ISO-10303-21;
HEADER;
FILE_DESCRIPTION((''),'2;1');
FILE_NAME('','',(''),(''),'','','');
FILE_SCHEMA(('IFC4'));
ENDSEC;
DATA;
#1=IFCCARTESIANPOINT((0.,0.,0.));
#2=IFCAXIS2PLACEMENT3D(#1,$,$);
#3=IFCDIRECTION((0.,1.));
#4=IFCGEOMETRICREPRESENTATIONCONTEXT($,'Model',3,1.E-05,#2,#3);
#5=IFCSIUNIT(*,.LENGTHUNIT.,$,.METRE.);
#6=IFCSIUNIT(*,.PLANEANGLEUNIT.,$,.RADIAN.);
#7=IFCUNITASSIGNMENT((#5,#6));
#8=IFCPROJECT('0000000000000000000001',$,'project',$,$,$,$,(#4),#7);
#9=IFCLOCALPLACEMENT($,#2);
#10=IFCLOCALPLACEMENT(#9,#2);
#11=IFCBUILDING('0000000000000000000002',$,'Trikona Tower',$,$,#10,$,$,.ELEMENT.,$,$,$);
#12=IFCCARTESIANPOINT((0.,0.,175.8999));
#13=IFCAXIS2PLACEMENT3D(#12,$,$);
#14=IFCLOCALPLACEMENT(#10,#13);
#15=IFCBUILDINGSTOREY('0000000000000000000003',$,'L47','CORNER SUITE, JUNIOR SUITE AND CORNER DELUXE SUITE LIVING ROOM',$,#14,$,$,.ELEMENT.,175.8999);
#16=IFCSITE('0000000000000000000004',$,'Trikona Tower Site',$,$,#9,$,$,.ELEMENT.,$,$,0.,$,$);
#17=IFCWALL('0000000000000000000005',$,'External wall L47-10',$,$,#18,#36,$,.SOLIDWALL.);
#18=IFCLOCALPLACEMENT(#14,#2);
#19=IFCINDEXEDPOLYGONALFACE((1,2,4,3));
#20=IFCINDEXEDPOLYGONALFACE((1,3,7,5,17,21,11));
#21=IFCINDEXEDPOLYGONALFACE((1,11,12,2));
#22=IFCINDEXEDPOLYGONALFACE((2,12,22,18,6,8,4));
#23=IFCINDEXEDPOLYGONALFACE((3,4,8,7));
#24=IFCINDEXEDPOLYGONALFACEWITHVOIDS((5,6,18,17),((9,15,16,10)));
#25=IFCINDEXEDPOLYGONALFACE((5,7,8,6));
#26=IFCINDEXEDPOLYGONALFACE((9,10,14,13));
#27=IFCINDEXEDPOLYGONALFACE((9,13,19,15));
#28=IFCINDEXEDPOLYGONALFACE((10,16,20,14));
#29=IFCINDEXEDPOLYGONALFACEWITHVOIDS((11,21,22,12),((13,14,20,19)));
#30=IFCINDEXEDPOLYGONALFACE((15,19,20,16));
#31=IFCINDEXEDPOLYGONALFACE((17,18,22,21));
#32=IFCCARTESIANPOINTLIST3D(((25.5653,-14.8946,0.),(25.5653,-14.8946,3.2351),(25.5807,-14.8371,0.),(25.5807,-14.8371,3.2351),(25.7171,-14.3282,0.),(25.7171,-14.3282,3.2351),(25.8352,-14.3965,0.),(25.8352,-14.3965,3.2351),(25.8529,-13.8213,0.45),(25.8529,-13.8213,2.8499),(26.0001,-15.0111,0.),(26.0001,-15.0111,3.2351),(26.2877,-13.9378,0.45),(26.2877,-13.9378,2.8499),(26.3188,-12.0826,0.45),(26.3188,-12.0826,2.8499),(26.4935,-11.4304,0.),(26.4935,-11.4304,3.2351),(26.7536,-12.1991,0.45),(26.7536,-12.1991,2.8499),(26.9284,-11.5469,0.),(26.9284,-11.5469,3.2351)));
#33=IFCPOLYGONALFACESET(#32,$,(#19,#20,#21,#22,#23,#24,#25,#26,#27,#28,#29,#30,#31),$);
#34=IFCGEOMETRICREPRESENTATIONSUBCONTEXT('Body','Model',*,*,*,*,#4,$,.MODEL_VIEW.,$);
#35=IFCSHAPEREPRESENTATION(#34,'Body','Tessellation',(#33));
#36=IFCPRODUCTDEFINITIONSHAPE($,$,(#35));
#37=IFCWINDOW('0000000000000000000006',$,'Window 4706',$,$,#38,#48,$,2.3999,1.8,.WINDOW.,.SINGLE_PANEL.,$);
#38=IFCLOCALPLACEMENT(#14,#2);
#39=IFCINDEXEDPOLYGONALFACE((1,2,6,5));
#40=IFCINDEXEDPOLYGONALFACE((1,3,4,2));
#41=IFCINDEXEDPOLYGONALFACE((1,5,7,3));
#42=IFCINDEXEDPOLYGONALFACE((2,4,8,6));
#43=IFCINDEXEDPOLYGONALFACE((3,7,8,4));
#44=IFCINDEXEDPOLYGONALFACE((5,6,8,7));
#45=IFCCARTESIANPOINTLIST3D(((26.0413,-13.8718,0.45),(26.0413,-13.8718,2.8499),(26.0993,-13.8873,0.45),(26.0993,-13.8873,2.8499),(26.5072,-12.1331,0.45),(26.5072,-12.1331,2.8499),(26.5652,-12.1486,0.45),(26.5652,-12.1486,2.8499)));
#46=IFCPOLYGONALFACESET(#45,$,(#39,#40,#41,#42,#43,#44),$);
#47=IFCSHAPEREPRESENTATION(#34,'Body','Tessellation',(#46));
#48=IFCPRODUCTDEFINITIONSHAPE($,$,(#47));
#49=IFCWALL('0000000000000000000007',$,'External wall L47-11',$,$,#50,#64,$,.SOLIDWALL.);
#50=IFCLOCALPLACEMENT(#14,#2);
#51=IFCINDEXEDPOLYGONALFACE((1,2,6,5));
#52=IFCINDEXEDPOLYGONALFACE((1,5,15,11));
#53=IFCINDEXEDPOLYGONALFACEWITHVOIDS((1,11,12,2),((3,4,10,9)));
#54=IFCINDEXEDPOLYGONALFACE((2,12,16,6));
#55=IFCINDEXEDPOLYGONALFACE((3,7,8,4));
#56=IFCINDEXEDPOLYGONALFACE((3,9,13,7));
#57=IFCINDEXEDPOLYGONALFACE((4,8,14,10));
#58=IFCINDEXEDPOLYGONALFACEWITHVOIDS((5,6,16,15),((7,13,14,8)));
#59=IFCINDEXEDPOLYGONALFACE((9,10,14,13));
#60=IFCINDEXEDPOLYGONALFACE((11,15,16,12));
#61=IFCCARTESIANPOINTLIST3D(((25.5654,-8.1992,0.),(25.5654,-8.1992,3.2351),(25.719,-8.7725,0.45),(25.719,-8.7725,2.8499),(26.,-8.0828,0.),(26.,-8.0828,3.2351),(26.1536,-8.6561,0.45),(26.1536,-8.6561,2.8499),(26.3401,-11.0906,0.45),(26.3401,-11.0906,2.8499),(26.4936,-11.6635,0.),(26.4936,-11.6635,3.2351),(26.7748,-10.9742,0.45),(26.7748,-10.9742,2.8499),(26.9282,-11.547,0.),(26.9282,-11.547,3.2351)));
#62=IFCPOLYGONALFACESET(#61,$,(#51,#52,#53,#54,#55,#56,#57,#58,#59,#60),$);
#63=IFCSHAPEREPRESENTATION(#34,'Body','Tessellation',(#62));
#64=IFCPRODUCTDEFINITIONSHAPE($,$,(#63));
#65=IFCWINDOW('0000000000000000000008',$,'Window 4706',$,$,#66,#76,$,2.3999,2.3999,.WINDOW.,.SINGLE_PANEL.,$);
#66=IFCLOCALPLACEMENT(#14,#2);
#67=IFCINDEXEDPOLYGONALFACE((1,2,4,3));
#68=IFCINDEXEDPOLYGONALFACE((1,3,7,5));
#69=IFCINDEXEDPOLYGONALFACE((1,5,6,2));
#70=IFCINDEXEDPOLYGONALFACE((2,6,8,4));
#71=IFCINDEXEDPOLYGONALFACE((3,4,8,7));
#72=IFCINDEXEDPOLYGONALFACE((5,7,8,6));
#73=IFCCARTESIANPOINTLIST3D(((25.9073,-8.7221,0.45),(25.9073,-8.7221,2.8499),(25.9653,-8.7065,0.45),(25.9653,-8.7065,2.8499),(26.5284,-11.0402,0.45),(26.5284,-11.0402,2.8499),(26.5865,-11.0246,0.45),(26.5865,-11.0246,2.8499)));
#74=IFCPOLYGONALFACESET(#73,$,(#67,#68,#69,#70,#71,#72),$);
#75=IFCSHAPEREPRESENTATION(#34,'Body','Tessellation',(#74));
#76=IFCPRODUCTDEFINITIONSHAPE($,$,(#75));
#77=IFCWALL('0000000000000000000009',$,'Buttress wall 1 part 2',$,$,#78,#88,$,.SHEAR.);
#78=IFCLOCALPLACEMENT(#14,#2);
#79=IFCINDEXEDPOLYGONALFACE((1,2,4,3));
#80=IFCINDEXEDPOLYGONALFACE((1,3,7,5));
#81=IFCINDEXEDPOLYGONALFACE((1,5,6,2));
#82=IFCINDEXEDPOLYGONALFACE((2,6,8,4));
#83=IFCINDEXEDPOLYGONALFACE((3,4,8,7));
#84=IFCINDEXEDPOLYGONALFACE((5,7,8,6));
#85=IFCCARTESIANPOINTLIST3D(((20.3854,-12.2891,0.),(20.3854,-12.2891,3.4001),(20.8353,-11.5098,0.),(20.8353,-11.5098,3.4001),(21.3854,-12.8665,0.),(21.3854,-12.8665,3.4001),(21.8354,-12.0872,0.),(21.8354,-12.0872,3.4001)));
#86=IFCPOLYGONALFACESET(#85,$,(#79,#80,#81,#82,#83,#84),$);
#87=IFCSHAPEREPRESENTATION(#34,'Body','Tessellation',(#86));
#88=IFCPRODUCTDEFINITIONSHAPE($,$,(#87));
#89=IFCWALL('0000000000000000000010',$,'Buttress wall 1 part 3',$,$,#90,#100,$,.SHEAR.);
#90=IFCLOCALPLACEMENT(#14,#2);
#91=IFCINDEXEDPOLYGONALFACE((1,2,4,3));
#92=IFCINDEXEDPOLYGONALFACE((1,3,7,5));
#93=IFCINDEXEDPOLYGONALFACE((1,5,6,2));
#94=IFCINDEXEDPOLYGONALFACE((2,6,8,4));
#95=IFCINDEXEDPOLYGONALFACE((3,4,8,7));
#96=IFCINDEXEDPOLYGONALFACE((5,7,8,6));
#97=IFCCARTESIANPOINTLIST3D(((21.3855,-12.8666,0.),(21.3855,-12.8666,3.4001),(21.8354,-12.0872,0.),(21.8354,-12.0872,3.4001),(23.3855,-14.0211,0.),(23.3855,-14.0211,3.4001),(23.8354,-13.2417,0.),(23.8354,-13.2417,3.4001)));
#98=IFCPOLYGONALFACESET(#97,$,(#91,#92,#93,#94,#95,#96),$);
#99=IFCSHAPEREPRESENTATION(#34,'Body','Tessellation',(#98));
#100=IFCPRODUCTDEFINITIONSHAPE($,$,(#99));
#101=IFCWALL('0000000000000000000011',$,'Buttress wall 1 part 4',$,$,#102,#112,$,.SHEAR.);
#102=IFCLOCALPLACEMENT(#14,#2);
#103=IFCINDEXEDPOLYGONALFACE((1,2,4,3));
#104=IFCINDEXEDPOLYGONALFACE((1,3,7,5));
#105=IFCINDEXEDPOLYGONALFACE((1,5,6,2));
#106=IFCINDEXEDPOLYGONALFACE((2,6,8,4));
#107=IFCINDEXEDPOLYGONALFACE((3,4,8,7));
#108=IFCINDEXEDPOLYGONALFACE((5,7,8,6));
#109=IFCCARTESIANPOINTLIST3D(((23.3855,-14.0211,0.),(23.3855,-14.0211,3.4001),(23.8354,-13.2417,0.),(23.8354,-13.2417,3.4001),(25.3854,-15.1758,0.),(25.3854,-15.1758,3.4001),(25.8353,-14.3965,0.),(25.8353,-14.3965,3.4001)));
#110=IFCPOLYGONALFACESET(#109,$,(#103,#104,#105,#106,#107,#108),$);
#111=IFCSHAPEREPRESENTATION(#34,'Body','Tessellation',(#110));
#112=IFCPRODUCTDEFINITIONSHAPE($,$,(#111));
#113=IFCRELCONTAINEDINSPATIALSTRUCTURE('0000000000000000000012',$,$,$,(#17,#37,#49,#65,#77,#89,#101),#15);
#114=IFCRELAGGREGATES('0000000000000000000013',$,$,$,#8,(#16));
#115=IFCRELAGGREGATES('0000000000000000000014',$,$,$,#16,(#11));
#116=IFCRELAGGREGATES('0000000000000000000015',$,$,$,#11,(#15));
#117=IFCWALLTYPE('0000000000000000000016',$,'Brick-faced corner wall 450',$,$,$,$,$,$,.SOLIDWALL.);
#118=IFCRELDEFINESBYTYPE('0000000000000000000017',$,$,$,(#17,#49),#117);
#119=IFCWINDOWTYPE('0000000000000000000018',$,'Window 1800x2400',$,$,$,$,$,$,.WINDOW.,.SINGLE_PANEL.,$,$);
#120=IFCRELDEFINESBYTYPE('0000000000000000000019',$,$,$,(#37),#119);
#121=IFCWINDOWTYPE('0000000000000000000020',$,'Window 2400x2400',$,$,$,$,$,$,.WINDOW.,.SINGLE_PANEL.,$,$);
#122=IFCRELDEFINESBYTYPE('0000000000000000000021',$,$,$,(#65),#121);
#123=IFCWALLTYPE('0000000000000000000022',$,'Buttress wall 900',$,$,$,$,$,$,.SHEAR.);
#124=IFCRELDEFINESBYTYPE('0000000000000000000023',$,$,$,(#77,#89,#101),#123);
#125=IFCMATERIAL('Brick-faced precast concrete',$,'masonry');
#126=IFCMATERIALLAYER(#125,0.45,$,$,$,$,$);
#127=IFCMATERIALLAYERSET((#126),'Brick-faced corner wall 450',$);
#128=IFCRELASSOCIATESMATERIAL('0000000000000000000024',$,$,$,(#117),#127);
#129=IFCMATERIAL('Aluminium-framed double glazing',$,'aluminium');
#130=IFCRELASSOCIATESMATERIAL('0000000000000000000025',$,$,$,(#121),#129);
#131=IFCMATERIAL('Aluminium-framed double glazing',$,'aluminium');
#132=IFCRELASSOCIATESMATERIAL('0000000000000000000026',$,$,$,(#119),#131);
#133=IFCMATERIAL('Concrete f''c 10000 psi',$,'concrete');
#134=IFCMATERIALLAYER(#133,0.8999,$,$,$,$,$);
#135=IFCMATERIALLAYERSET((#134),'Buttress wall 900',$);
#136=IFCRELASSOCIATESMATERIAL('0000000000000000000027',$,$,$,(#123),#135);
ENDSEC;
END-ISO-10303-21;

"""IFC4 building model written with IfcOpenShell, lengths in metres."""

from ifc_helpers import new_model, si_unit, direction, frame, frame_2d, origin, place, context, subcontext, project, spatial, polyline, rectangle, outline, extrude, material, layer, layer_set, type_object, element, fill, save


model = new_model("IFC4")

# Units and contexts
model_context = context("Model", 3, precision=1e-05, world=origin(), true_north=direction((0.0, 1.0)))
body_context = subcontext(model_context, "Body", "Model", "MODEL_VIEW")
ifc_project = project(units=[si_unit("LENGTHUNIT", "METRE"), si_unit("PLANEANGLEUNIT", "RADIAN")], contexts=[model_context])

# Site, building, storey
site_placement = place(None, origin())
site = spatial("IfcSite", under=ifc_project, at=site_placement, Name="Trikona Tower Site", CompositionType="ELEMENT", RefElevation=0.0)
building_placement = place(site_placement, origin())
building = spatial("IfcBuilding", under=site, at=building_placement, Name="Trikona Tower", CompositionType="ELEMENT")
storey_placement = place(building_placement, frame((0.0, 0.0, 175.8999)))
storey = spatial("IfcBuildingStorey", under=building, at=storey_placement, Name="L47", Description="CORNER SUITE, JUNIOR SUITE AND CORNER DELUXE SUITE LIVING ROOM", CompositionType="ELEMENT", Elevation=175.8999)

# Walls, openings, windows
ifc_material_1 = material(Name="Brick-faced precast concrete", Category="masonry")
ifc_layer_1 = layer(ifc_material_1, 0.45)
ifc_layer_set_1 = layer_set([ifc_layer_1], Name="Brick-faced corner wall 450")
wall_type_1 = type_object("IfcWallType", Name="Brick-faced corner wall 450", PredefinedType="SOLIDWALL", material=ifc_layer_set_1)
ifc_material_2 = material(Name="Aluminium-framed double glazing", Category="aluminium")
window_type_1 = type_object("IfcWindowType", Name="Window 2400x2400", PartitioningType="SINGLE_PANEL", PredefinedType="WINDOW", material=ifc_material_2)
ifc_material_3 = material(Name="Aluminium-framed double glazing", Category="aluminium")
window_type_2 = type_object("IfcWindowType", Name="Window 1800x2400", PartitioningType="SINGLE_PANEL", PredefinedType="WINDOW", material=ifc_material_3)
wall_1_placement = place(storey_placement, frame((25.7827, -14.9529, 0.0), z_axis=(0.0, 0.0, 1.0), x_axis=(0.258823, 0.965925, 0.0)))
wall_1 = element("IfcWall", 1, at=wall_1_placement, inside=storey, type_object=wall_type_1, Name="External wall L47-10", PredefinedType="SOLIDWALL", context=body_context, shape_type="SweptSolid", body=[
    extrude(outline(polyline([(3.5864, 0.2251), (0.5864, 0.2251), (0.551, 0.0933), (0.0596, 0.2251), (0.0, 0.2251), (0.0, -0.2251), (3.5864, -0.2251), (3.5864, 0.2251)])), origin(), (0.0, 0.0, 1.0), 3.2351),
])
opening_1_placement = place(wall_1_placement, frame((1.1113, 0.0, 0.45)))
opening_1 = element("IfcOpeningElement", 2, at=opening_1_placement, cuts=wall_1, PredefinedType="OPENING", context=body_context, shape_type="SweptSolid", body=[
    extrude(rectangle(XDim=1.8, YDim=2.3999, at=frame_2d((0.8999, 1.2))), frame((0.0, 0.2349, 0.0), z_axis=(0.0, -1.0, 0.0), x_axis=(1.0, 0.0, 0.0)), (0.0, 0.0, 1.0), 0.47),
])
window_1_placement = place(opening_1_placement, origin())
window_1 = element("IfcWindow", 3, at=window_1_placement, inside=storey, type_object=window_type_2, Name="Window 4706", OverallHeight=2.3999, OverallWidth=1.8, PartitioningType="SINGLE_PANEL", PredefinedType="WINDOW", context=body_context, shape_type="SweptSolid", body=[
    extrude(rectangle(XDim=1.8, YDim=2.3999, at=frame_2d((0.8999, 1.2))), frame((0.0, 0.03, 0.0), z_axis=(0.0, -1.0, 0.0), x_axis=(1.0, 0.0, 0.0)), (0.0, 0.0, 1.0), 0.0601),
])
fill(opening_1, window_1)
wall_2_placement = place(storey_placement, frame((26.7109, -11.6052, 0.0), z_axis=(0.0, 0.0, 1.0), x_axis=(-0.258823, 0.965925, 0.0)))
wall_2 = element("IfcWall", 4, at=wall_2_placement, inside=storey, type_object=wall_type_1, Name="External wall L47-11", PredefinedType="SOLIDWALL", context=body_context, shape_type="SweptSolid", body=[
    extrude(rectangle(XDim=3.5864, YDim=0.45, at=frame_2d((1.7932, 0.0))), origin(), (0.0, 0.0, 1.0), 3.2351),
])
opening_2_placement = place(wall_2_placement, frame((0.593, 0.0, 0.45)))
opening_2 = element("IfcOpeningElement", 5, at=opening_2_placement, cuts=wall_2, PredefinedType="OPENING", context=body_context, shape_type="SweptSolid", body=[
    extrude(rectangle(XDim=2.3999, YDim=2.3999, at=frame_2d((1.2, 1.2))), frame((0.0, 0.2349, 0.0), z_axis=(0.0, -1.0, 0.0), x_axis=(1.0, 0.0, 0.0)), (0.0, 0.0, 1.0), 0.47),
])
window_2_placement = place(opening_2_placement, origin())
window_2 = element("IfcWindow", 6, at=window_2_placement, inside=storey, type_object=window_type_1, Name="Window 4706", OverallHeight=2.3999, OverallWidth=2.3999, PartitioningType="SINGLE_PANEL", PredefinedType="WINDOW", context=body_context, shape_type="SweptSolid", body=[
    extrude(rectangle(XDim=2.3999, YDim=2.3999, at=frame_2d((1.2, 1.2))), frame((0.0, 0.03, 0.0), z_axis=(0.0, -1.0, 0.0), x_axis=(1.0, 0.0, 0.0)), (0.0, 0.0, 1.0), 0.0601),
])
fill(opening_2, window_2)

# Walls
ifc_material_4 = material(Name="Concrete f'c 10000 psi", Category="concrete")
ifc_layer_2 = layer(ifc_material_4, 0.8999)
ifc_layer_set_2 = layer_set([ifc_layer_2], Name="Buttress wall 900")
wall_type_2 = type_object("IfcWallType", Name="Buttress wall 900", PredefinedType="SHEAR", material=ifc_layer_set_2)
wall_3_placement = place(storey_placement, frame((20.6104, -11.8994, 0.0), z_axis=(0.0, 0.0, 1.0), x_axis=(0.86601, -0.500027, 0.0)))
element("IfcWall", 7, at=wall_3_placement, inside=storey, type_object=wall_type_2, Name="Buttress wall 1 part 2", PredefinedType="SHEAR", context=body_context, shape_type="SweptSolid", body=[
    extrude(rectangle(XDim=1.1548, YDim=0.8999, at=frame_2d((0.5774, 0.0))), origin(), (0.0, 0.0, 1.0), 3.4001),
])
for number, where, z_axis, x_axis, name in (
    (8, (21.6104, -12.4768, 0.0), (0.0, 0.0, 1.0), (0.866055, -0.499948, 0.0), "Buttress wall 1 part 3"),
    (9, (23.6104, -13.6313, 0.0), (0.0, 0.0, 1.0), (0.86601, -0.500027, 0.0), "Buttress wall 1 part 4"),
):
    element("IfcWall", number, at=place(storey_placement, frame(where, z_axis=z_axis, x_axis=x_axis)), inside=storey, type_object=wall_type_2, Name=name, PredefinedType="SHEAR", context=body_context, shape_type="SweptSolid", body=[
        extrude(rectangle(XDim=2.3093, YDim=0.8999, at=frame_2d((1.1548, 0.0))), origin(), (0.0, 0.0, 1.0), 3.4001),
    ])

save(model, "model.ifc")
